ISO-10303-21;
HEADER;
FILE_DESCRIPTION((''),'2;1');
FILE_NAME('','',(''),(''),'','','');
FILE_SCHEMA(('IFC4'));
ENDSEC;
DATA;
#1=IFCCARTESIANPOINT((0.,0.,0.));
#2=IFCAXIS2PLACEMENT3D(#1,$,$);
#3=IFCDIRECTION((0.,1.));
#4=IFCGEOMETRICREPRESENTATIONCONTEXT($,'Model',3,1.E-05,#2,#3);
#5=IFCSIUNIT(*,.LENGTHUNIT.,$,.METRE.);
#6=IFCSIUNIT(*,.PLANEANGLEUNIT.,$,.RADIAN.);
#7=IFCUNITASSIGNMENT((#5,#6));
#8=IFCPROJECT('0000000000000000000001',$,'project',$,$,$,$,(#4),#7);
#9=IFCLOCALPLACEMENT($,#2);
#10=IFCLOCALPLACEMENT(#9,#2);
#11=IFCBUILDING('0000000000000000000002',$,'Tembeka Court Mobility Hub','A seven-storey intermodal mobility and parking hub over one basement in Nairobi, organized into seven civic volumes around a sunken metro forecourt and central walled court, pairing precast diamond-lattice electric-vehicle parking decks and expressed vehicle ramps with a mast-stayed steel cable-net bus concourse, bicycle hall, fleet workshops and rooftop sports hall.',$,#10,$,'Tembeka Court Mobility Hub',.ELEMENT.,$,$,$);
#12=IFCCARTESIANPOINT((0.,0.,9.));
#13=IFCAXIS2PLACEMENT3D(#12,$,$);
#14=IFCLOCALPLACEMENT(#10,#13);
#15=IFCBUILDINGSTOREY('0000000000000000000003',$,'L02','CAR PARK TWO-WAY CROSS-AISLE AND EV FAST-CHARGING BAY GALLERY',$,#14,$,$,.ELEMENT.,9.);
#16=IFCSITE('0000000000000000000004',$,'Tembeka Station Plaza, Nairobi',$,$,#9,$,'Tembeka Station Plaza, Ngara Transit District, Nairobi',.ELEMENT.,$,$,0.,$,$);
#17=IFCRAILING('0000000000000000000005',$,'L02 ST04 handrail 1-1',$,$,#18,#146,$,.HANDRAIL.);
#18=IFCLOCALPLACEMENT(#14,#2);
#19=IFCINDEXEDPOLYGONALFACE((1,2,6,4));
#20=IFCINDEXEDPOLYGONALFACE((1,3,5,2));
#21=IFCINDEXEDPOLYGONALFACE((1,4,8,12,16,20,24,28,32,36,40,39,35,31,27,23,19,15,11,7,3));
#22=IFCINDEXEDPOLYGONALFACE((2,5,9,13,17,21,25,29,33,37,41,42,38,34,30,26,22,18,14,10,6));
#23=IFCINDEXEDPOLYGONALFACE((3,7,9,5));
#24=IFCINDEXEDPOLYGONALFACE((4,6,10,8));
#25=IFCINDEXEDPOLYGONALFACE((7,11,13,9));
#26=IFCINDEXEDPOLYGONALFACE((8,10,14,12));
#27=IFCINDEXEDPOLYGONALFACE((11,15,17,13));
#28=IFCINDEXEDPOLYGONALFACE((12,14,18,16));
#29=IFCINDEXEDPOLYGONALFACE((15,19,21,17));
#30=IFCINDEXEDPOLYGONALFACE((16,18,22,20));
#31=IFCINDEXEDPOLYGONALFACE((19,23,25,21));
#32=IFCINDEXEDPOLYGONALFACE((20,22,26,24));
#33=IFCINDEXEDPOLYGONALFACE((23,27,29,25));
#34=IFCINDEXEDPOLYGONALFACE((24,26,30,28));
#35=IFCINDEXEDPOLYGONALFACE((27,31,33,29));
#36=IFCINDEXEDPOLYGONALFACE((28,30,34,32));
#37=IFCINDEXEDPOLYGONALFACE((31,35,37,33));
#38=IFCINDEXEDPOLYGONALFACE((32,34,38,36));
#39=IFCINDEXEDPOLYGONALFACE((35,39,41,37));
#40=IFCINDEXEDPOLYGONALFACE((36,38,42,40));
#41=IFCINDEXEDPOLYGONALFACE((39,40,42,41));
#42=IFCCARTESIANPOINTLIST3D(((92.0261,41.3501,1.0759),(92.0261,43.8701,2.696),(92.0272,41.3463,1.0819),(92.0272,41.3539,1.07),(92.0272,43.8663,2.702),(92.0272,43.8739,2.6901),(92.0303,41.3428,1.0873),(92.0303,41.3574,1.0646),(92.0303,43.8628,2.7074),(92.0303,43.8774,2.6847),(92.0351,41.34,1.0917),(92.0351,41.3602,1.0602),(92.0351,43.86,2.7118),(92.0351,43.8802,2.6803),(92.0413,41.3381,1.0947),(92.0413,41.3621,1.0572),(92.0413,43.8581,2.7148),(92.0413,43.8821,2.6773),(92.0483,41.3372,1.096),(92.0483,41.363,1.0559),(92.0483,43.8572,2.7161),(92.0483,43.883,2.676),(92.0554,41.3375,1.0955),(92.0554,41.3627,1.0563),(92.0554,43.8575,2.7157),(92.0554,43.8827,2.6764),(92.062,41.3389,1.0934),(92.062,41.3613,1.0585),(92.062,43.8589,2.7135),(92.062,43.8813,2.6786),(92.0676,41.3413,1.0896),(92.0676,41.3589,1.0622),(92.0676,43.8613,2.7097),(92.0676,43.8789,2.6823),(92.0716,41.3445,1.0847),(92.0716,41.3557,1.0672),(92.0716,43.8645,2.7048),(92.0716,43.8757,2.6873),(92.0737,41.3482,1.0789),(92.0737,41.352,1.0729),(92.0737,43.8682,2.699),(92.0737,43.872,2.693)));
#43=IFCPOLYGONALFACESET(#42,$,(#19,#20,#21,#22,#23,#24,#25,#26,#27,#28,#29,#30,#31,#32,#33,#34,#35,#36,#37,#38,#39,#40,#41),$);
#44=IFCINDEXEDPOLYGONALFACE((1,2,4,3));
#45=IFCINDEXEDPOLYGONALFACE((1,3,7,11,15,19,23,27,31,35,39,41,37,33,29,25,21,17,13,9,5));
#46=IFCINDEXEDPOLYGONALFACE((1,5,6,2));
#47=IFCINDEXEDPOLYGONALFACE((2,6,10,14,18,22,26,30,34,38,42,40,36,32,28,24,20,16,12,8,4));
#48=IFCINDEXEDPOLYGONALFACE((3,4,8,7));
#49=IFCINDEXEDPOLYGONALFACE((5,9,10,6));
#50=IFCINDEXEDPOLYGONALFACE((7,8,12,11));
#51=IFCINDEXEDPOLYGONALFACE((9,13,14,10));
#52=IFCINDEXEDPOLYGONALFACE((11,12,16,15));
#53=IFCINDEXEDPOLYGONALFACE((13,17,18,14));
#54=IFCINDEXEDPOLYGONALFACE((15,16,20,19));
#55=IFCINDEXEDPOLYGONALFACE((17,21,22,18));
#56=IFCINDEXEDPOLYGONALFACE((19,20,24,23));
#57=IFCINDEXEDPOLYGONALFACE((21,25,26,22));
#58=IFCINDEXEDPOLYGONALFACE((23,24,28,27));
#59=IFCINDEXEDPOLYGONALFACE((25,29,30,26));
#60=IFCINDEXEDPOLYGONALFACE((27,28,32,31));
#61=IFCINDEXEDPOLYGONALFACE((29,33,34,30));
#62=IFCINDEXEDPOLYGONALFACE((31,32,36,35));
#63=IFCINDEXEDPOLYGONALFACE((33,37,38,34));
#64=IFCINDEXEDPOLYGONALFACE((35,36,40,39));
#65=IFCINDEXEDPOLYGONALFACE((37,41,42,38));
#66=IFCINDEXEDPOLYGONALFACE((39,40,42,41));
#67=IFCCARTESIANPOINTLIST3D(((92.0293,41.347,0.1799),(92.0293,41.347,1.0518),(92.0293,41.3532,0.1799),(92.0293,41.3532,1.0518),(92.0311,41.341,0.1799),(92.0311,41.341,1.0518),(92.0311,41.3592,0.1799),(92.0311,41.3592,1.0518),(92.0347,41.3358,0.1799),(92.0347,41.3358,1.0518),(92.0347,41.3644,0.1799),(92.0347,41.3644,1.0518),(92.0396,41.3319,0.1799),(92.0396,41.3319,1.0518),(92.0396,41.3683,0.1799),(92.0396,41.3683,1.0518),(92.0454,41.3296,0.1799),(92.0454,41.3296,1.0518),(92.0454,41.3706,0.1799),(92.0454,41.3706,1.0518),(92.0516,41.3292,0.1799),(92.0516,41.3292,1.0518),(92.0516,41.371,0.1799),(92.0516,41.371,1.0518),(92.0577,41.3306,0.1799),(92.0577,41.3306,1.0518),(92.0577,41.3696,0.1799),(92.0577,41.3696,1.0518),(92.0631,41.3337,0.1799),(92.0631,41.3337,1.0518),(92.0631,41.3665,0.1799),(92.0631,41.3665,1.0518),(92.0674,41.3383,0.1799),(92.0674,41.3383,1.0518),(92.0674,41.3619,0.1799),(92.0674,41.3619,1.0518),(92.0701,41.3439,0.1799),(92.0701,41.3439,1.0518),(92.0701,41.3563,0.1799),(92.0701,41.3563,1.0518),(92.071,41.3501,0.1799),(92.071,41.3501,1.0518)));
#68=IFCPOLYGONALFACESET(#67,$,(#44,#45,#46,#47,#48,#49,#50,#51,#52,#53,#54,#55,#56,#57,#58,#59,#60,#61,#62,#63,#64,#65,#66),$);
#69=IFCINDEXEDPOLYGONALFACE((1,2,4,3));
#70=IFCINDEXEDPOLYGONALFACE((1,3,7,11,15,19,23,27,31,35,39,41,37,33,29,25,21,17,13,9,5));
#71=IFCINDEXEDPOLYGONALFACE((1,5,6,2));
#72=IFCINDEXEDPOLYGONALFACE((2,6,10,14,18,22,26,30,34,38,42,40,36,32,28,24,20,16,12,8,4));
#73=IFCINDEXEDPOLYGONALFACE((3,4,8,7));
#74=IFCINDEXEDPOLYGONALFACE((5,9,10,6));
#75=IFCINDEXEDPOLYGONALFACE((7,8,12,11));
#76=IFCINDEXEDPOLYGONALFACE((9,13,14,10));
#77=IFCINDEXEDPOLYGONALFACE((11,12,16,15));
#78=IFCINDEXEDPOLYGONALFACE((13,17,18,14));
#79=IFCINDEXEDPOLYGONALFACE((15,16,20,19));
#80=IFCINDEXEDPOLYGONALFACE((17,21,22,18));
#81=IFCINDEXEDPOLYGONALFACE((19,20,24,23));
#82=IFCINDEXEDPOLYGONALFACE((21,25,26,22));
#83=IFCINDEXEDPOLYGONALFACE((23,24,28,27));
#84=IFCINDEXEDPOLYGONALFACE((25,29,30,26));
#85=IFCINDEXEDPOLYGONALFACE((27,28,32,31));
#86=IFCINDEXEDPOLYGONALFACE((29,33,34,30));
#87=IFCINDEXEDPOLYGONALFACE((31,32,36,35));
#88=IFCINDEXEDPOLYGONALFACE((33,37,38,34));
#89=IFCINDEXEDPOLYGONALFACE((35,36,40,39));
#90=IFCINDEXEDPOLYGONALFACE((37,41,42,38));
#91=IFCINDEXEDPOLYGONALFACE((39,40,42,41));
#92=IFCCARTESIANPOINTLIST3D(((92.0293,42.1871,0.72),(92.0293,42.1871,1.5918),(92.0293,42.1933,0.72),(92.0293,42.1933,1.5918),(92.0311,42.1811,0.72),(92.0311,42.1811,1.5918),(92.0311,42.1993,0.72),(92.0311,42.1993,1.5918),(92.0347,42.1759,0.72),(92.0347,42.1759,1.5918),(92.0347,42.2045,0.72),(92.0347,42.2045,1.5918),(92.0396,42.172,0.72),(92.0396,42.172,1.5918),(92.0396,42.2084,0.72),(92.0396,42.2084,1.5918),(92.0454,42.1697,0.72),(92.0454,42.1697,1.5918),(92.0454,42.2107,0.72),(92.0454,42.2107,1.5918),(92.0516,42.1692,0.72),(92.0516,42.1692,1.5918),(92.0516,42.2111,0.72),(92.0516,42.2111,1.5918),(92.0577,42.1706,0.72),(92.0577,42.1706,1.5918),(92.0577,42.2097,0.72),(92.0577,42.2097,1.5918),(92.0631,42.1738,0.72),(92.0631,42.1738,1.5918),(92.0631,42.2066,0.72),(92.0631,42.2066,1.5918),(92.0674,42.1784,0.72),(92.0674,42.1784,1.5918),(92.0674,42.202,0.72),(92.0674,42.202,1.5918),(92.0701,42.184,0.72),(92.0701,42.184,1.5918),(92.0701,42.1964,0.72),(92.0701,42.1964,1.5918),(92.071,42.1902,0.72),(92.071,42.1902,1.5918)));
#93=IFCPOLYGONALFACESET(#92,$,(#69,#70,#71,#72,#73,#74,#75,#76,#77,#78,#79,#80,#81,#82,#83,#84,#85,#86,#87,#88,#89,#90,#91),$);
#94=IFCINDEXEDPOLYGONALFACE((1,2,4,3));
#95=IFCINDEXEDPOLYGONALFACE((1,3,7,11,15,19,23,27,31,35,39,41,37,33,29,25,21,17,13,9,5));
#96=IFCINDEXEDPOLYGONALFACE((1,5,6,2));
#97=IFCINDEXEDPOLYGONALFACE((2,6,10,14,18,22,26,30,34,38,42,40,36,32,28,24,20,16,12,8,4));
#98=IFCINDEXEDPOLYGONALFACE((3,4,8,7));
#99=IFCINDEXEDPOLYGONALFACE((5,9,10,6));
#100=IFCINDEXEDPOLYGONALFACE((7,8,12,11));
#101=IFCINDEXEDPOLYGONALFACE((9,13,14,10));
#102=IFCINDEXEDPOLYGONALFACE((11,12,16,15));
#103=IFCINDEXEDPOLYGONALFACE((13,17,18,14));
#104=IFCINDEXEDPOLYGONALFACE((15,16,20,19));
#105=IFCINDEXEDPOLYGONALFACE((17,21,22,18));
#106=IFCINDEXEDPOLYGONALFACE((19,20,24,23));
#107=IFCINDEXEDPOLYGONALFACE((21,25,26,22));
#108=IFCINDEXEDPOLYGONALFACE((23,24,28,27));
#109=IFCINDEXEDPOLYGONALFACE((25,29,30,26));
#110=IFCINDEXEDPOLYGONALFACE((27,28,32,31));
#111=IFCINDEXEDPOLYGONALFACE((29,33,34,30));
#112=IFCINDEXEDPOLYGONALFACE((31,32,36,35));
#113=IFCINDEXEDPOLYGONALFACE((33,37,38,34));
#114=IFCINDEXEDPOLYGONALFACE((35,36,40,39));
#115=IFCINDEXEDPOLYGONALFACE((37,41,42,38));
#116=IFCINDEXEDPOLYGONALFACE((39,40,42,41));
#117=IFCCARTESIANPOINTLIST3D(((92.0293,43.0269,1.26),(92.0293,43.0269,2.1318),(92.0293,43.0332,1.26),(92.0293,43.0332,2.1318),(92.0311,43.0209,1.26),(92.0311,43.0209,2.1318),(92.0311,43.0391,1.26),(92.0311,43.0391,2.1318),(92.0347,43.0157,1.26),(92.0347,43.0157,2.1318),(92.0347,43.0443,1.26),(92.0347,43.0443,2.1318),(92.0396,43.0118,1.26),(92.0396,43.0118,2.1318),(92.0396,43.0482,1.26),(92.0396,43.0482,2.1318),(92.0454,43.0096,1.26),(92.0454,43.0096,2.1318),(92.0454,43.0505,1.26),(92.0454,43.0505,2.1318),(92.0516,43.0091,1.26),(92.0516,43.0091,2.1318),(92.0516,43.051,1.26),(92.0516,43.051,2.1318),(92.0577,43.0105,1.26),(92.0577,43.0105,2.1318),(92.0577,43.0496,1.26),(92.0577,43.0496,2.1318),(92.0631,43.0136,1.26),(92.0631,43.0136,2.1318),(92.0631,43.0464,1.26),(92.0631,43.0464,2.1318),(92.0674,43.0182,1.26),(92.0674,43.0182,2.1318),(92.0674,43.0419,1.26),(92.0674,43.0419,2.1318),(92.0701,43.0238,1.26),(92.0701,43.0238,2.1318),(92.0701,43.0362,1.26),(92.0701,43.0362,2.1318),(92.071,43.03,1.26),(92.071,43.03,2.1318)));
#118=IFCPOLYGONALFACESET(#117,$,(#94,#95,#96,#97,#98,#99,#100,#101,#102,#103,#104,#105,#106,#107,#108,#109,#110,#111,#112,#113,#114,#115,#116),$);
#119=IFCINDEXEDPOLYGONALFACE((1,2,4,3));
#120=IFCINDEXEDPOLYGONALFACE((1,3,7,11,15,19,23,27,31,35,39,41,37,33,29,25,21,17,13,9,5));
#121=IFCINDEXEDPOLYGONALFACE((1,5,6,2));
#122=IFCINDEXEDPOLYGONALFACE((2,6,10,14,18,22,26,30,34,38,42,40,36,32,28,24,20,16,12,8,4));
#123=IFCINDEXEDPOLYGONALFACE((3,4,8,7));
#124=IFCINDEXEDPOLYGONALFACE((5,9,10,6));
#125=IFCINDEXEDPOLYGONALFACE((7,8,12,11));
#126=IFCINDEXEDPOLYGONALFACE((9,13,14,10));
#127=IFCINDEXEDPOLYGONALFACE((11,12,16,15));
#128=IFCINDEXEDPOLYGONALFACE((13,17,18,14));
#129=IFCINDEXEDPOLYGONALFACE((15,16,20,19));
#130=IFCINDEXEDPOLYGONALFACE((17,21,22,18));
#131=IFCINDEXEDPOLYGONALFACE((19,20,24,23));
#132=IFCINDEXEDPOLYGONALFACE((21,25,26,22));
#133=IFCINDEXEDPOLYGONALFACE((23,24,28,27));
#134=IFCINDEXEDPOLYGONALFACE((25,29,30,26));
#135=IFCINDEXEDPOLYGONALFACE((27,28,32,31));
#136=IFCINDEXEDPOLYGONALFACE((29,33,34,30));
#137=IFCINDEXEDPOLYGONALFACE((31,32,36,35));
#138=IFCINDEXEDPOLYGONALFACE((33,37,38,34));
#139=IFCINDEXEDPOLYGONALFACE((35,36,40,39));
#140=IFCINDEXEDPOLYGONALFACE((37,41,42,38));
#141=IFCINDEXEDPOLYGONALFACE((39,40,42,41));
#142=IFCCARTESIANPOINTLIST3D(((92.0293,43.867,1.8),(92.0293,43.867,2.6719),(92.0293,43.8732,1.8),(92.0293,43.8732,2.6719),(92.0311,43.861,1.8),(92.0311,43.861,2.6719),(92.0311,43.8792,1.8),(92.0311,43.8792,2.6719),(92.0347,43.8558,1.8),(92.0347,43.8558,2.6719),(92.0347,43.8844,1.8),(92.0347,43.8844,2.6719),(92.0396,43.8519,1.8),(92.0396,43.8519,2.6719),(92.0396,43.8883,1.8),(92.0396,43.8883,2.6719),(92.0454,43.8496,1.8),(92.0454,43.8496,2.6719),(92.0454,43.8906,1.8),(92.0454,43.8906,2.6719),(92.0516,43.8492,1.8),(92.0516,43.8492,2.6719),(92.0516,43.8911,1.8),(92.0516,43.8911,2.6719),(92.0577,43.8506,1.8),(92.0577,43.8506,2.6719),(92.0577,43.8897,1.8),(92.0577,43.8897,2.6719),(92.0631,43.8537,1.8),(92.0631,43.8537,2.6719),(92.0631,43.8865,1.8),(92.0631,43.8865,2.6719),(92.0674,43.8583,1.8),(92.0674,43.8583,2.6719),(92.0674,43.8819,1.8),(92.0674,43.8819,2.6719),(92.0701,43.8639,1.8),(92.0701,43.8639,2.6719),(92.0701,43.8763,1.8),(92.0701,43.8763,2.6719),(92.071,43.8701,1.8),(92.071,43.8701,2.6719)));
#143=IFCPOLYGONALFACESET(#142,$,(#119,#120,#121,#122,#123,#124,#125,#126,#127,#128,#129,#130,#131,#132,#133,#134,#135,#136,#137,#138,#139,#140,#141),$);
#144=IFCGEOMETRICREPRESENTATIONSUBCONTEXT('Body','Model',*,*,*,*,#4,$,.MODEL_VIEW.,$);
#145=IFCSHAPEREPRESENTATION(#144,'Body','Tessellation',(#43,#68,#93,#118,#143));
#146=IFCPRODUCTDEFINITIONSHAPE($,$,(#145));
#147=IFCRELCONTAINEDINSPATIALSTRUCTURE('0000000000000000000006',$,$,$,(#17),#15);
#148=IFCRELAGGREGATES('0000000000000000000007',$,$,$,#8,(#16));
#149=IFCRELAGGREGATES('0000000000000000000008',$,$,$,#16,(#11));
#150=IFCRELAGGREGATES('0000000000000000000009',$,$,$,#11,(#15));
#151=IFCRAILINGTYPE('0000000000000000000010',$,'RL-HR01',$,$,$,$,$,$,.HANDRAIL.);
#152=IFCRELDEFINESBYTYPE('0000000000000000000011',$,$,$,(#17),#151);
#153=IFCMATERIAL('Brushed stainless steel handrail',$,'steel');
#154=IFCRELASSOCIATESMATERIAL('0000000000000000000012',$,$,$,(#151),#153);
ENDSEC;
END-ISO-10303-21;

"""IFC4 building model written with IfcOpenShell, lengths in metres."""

from ifc_helpers import new_model, si_unit, direction, frame, origin, origin_2d, place, context, subcontext, project, spatial, circle, extrude, material, type_object, element, save


model = new_model("IFC4")

# Units and contexts
model_context = context("Model", 3, precision=1e-05, world=origin(), true_north=direction((0.0, 1.0)))
body_context = subcontext(model_context, "Body", "Model", "MODEL_VIEW")
ifc_project = project(units=[si_unit("LENGTHUNIT", "METRE"), si_unit("PLANEANGLEUNIT", "RADIAN")], contexts=[model_context])

# Site, building, storey
site_placement = place(None, origin())
site = spatial("IfcSite", under=ifc_project, at=site_placement, Name="Tembeka Station Plaza, Nairobi", LongName="Tembeka Station Plaza, Ngara Transit District, Nairobi", CompositionType="ELEMENT", RefElevation=0.0)
building_placement = place(site_placement, origin())
building = spatial("IfcBuilding", under=site, at=building_placement, Name="Tembeka Court Mobility Hub", Description="A seven-storey intermodal mobility and parking hub over one basement in Nairobi, organized into seven civic volumes around a sunken metro forecourt and central walled court, pairing precast diamond-lattice electric-vehicle parking decks and expressed vehicle ramps with a mast-stayed steel cable-net bus concourse, bicycle hall, fleet workshops and rooftop sports hall.", LongName="Tembeka Court Mobility Hub", CompositionType="ELEMENT")
storey_placement = place(building_placement, frame((0.0, 0.0, 9.0)))
storey = spatial("IfcBuildingStorey", under=building, at=storey_placement, Name="L02", Description="CAR PARK TWO-WAY CROSS-AISLE AND EV FAST-CHARGING BAY GALLERY", CompositionType="ELEMENT", Elevation=9.0)

# Railing
ifc_material_1 = material(Name="Brushed stainless steel handrail", Category="steel")
railing_type_1 = type_object("IfcRailingType", Name="RL-HR01", PredefinedType="HANDRAIL", material=ifc_material_1)
railing_1_placement = place(storey_placement, frame((92.05, 41.3501, 0.1799)))
element("IfcRailing", 1, at=railing_1_placement, inside=storey, type_object=railing_type_1, Name="L02 ST04 handrail 1-1", PredefinedType="HANDRAIL", context=body_context, shape_type="SweptSolid", body=[
    extrude(circle(Radius=0.0239, at=origin_2d()), frame((0.0, 0.0, 0.896), z_axis=(0.0, 0.841163, 0.540782), x_axis=(-1.0, 0.0, 0.0)), (0.0, 0.0, 1.0), 2.9958),
    extrude(circle(Radius=0.021, at=origin_2d()), origin(), (0.0, 0.0, 1.0), 0.8718),
    extrude(circle(Radius=0.021, at=origin_2d()), frame((0.0, 0.8401, 0.54)), (0.0, 0.0, 1.0), 0.8718),
    extrude(circle(Radius=0.021, at=origin_2d()), frame((0.0, 1.6799, 1.0801)), (0.0, 0.0, 1.0), 0.8718),
    extrude(circle(Radius=0.021, at=origin_2d()), frame((0.0, 2.52, 1.6201)), (0.0, 0.0, 1.0), 0.8718),
])

save(model, "model.ifc")
